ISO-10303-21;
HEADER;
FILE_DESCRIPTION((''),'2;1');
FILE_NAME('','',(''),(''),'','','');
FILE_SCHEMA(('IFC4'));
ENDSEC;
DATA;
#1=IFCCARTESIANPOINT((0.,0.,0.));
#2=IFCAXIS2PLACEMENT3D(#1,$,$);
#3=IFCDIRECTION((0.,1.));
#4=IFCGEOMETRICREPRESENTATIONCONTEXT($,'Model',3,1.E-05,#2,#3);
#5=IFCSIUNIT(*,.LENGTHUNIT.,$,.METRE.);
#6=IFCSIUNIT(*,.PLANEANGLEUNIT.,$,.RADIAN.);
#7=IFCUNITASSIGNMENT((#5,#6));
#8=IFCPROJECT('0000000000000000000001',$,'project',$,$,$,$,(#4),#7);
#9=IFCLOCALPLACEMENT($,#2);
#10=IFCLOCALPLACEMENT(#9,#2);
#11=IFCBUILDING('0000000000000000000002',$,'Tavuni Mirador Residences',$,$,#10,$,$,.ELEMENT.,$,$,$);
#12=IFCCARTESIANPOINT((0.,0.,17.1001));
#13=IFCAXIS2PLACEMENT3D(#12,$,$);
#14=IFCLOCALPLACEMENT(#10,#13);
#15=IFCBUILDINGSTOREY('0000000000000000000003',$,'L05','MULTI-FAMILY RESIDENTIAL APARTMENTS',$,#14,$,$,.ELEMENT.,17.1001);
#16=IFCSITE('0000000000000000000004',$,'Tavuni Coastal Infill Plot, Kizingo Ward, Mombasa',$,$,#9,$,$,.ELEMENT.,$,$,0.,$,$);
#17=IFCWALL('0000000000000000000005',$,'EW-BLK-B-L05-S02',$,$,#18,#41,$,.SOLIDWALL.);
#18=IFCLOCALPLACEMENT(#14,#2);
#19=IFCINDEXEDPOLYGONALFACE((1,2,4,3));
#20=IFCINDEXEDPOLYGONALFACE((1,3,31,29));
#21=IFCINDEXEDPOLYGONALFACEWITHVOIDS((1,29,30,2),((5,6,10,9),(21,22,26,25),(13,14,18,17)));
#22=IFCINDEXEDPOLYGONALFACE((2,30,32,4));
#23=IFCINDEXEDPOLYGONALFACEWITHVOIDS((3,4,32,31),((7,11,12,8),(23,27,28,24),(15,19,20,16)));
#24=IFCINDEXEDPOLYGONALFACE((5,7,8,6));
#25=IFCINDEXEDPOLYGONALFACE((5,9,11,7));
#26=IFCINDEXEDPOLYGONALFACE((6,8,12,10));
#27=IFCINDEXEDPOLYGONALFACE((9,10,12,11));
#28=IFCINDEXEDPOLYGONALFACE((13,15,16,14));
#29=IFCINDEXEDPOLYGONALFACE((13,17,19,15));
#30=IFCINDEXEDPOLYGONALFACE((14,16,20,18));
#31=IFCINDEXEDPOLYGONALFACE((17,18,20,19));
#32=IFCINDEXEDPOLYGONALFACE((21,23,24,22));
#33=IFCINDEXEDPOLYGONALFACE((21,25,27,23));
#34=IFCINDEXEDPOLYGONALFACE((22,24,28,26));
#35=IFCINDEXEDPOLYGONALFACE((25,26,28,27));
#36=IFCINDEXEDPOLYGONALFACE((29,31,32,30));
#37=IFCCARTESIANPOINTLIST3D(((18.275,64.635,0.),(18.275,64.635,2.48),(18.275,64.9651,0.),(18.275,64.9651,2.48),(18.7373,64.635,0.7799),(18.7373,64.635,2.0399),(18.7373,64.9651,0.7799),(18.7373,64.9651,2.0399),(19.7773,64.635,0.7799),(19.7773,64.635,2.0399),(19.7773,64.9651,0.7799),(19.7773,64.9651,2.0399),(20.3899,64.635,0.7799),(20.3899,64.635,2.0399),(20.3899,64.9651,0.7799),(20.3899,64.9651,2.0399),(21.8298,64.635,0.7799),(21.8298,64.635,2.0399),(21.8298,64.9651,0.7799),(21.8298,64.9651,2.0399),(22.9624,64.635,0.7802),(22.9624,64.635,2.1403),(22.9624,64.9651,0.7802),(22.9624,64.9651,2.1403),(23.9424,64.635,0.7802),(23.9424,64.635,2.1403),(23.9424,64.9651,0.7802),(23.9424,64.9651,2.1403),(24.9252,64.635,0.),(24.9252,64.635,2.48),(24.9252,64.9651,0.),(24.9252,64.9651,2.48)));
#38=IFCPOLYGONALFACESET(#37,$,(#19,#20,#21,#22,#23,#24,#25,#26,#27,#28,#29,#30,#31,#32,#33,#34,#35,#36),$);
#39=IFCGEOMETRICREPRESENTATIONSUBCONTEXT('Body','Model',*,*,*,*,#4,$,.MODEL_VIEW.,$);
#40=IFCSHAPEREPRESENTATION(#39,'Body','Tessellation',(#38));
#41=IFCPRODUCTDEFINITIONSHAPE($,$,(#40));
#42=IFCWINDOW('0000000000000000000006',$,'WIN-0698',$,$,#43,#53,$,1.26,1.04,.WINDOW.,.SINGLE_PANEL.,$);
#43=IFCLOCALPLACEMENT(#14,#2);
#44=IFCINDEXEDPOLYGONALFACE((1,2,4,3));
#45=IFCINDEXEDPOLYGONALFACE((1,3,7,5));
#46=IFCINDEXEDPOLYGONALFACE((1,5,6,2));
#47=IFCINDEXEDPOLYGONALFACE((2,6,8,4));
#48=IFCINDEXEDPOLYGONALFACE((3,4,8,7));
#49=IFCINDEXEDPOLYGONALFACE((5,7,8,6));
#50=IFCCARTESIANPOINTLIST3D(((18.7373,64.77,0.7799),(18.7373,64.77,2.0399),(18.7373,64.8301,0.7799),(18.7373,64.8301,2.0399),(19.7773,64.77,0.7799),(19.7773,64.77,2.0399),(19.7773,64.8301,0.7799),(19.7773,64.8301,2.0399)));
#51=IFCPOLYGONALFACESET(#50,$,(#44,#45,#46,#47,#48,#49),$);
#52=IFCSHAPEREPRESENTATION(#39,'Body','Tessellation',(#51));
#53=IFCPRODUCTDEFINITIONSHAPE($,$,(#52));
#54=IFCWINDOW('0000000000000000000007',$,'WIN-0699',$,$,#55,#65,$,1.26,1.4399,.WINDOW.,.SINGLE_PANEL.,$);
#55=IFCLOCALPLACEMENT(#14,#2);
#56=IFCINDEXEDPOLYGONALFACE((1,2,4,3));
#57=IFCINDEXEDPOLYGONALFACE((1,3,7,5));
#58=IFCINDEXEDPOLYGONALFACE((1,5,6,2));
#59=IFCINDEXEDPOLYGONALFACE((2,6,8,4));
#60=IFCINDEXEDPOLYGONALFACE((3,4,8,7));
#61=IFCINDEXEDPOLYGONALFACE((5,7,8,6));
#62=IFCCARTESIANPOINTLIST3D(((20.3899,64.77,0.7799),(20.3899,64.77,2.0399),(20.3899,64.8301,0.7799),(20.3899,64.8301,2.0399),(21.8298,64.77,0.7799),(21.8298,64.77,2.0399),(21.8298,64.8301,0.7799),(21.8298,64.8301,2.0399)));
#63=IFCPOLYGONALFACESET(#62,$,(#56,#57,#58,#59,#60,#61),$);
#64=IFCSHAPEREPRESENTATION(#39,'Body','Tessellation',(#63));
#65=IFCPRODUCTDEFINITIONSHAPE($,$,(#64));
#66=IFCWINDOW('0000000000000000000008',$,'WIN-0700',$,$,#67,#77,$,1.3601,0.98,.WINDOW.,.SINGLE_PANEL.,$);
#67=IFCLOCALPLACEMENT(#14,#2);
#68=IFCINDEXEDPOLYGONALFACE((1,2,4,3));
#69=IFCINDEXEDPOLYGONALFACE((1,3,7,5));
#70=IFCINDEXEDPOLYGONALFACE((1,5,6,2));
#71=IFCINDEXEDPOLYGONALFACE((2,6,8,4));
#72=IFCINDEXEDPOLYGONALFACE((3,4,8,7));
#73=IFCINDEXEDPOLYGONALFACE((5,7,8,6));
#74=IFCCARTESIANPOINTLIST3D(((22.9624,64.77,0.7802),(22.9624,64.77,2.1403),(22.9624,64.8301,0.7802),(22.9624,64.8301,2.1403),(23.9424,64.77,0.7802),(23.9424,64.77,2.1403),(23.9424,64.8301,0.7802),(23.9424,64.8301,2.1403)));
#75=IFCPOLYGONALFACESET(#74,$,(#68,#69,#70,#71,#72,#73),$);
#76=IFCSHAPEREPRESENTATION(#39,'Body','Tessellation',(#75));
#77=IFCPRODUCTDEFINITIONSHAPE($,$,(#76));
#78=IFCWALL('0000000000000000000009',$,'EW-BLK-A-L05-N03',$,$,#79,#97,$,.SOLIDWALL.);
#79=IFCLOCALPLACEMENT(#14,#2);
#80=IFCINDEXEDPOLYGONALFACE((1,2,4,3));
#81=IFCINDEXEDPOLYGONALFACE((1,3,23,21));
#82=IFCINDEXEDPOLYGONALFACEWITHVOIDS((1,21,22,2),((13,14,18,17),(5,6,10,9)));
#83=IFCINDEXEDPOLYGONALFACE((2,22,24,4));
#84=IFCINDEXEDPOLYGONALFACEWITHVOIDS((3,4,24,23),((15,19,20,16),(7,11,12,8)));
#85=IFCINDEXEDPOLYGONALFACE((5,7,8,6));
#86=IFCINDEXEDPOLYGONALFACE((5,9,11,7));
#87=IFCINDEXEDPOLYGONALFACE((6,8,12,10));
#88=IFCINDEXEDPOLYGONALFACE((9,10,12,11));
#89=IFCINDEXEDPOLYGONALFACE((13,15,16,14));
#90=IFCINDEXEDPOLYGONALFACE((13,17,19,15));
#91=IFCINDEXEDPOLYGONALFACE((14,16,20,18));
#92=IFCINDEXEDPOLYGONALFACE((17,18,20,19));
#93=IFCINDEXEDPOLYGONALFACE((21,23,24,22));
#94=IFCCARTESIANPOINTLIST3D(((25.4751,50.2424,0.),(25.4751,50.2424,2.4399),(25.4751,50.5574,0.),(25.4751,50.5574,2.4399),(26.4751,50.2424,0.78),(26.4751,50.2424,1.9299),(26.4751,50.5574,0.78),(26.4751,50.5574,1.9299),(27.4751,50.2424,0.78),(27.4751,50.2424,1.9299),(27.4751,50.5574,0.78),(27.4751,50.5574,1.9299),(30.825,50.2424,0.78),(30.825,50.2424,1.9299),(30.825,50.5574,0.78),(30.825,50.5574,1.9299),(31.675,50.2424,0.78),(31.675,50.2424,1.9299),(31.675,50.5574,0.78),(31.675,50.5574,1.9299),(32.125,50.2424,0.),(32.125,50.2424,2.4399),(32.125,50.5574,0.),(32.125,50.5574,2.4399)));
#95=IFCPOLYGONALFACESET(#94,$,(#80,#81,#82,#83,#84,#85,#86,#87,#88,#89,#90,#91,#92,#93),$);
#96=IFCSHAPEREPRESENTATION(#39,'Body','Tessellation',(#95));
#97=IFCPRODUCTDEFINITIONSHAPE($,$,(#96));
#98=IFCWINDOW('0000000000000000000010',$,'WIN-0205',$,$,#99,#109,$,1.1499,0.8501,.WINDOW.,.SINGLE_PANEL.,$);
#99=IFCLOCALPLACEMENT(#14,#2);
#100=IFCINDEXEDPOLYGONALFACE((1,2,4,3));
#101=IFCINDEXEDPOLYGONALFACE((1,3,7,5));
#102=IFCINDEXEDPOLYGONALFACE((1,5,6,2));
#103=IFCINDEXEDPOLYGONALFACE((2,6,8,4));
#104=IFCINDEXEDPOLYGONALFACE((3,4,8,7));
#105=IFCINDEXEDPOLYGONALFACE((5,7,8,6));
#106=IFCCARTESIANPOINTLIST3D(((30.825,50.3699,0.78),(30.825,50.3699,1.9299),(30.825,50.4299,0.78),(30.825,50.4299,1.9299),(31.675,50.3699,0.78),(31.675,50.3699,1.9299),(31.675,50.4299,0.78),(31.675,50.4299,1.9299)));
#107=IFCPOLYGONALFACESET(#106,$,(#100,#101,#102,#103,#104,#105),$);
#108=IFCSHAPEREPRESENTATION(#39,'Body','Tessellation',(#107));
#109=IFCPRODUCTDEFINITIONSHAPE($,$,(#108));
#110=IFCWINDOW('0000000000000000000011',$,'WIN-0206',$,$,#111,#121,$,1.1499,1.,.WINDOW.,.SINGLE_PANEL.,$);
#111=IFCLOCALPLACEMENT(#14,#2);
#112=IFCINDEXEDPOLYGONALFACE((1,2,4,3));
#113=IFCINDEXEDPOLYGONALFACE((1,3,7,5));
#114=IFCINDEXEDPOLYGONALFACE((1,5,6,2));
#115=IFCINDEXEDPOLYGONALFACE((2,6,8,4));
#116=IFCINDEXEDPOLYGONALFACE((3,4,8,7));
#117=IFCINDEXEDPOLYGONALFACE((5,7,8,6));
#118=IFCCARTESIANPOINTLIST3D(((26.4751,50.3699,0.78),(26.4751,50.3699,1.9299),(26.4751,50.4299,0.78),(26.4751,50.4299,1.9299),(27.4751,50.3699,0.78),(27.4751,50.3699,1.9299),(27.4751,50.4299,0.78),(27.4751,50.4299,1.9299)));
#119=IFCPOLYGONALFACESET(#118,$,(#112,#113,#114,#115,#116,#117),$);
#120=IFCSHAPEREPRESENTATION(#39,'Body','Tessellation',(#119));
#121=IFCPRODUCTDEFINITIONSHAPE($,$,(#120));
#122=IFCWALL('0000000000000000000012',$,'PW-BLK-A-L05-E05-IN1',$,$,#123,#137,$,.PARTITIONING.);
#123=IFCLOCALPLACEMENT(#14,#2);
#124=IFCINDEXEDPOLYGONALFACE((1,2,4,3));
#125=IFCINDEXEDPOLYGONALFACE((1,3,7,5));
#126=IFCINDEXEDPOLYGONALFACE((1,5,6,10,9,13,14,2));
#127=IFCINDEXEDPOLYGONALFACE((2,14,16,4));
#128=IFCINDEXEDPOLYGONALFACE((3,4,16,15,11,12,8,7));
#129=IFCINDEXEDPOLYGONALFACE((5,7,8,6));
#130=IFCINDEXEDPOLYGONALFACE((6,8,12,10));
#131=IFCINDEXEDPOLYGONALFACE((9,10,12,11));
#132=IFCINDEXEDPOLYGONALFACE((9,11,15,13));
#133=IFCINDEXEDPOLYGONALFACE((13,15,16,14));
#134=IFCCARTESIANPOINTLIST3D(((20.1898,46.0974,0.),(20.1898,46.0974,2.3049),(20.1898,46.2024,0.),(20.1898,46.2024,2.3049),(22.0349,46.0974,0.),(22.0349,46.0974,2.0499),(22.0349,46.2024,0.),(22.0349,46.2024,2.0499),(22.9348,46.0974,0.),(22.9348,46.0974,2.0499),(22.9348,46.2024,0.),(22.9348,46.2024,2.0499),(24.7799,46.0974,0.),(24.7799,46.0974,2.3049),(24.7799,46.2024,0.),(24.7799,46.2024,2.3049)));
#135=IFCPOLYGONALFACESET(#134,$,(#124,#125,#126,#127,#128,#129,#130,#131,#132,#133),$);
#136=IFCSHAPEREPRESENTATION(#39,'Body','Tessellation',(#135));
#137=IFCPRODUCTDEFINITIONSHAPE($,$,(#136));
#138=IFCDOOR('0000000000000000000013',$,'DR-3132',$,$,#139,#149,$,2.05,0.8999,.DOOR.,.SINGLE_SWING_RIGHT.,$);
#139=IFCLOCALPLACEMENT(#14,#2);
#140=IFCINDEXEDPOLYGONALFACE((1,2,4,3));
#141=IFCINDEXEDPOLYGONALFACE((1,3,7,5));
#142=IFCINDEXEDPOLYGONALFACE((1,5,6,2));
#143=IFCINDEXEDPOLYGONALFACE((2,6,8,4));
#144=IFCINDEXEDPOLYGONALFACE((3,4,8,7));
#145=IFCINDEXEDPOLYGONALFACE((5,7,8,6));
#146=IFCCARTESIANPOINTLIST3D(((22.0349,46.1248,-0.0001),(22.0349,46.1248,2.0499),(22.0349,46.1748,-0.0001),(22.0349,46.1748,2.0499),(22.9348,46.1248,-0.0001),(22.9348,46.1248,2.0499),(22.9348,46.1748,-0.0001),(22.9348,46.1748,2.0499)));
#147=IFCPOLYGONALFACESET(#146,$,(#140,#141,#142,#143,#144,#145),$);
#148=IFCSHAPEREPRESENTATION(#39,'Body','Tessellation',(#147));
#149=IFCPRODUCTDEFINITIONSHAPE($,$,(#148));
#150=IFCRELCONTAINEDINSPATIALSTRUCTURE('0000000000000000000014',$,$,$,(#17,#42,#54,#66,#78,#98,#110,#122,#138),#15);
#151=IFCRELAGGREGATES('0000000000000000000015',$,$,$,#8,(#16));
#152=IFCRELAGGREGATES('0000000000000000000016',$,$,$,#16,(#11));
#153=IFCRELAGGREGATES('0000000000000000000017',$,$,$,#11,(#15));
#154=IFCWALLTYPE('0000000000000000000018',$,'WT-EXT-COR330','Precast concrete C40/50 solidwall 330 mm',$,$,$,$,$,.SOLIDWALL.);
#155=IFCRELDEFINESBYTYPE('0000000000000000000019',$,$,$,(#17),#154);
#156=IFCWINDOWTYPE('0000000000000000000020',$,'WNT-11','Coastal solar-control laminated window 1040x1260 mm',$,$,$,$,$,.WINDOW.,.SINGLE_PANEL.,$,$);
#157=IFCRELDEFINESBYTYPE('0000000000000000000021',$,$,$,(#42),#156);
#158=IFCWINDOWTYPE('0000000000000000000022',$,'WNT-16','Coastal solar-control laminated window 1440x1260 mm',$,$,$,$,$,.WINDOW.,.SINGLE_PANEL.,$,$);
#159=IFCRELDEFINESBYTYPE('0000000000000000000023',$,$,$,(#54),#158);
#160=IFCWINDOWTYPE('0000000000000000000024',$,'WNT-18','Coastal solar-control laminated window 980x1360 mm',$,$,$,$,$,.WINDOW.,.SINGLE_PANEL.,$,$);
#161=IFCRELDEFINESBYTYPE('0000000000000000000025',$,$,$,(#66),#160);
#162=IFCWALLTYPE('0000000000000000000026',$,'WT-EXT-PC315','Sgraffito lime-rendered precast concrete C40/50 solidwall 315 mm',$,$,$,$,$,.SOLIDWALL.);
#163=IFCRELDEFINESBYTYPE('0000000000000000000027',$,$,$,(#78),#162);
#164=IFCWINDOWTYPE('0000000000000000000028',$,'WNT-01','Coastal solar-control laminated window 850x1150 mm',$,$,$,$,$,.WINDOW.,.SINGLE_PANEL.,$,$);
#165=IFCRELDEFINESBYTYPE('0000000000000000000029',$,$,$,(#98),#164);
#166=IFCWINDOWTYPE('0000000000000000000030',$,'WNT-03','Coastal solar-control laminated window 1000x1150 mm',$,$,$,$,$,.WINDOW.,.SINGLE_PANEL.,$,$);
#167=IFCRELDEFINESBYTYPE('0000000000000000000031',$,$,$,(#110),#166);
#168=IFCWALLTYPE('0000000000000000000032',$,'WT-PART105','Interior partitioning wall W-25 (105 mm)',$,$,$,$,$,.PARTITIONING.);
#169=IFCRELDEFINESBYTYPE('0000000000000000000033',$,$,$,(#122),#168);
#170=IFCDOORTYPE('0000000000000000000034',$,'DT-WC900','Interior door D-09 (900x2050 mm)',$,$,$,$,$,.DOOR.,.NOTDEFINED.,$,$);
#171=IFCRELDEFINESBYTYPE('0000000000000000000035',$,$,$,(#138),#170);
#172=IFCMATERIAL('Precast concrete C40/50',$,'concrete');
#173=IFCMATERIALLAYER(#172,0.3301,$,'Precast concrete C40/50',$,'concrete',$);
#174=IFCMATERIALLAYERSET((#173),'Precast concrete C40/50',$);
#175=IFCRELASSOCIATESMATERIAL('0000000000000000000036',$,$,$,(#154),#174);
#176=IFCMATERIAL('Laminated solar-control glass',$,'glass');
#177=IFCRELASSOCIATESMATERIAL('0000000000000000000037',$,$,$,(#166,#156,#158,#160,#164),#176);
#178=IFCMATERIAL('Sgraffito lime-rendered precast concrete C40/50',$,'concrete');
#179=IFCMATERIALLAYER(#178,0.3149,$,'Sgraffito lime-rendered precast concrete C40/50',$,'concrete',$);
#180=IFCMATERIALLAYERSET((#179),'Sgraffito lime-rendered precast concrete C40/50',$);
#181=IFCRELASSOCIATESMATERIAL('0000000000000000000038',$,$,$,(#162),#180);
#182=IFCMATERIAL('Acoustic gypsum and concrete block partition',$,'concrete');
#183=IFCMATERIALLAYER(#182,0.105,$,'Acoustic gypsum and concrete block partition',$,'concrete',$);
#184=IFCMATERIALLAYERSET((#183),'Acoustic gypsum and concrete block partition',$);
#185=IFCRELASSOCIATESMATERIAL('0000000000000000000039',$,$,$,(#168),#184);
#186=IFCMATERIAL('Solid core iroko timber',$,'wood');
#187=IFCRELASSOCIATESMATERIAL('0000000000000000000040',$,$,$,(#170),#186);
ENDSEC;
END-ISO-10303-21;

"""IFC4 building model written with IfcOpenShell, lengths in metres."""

from ifc_helpers import new_model, si_unit, direction, frame, frame_2d, origin, place, context, subcontext, project, spatial, rectangle, extrude, material, layer, layer_set, type_object, element, fill, save


model = new_model("IFC4")

# Units and contexts
model_context = context("Model", 3, precision=1e-05, world=origin(), true_north=direction((0.0, 1.0)))
body_context = subcontext(model_context, "Body", "Model", "MODEL_VIEW")
ifc_project = project(units=[si_unit("LENGTHUNIT", "METRE"), si_unit("PLANEANGLEUNIT", "RADIAN")], contexts=[model_context])

# Site, building, storey
site_placement = place(None, origin())
site = spatial("IfcSite", under=ifc_project, at=site_placement, Name="Tavuni Coastal Infill Plot, Kizingo Ward, Mombasa", CompositionType="ELEMENT", RefElevation=0.0)
building_placement = place(site_placement, origin())
building = spatial("IfcBuilding", under=site, at=building_placement, Name="Tavuni Mirador Residences", CompositionType="ELEMENT")
storey_placement = place(building_placement, frame((0.0, 0.0, 17.1001)))
storey = spatial("IfcBuildingStorey", under=building, at=storey_placement, Name="L05", Description="MULTI-FAMILY RESIDENTIAL APARTMENTS", CompositionType="ELEMENT", Elevation=17.1001)

# Shared definitions
ifc_material_1 = material(Name="Precast concrete C40/50", Category="concrete")

# Shared definitions
ifc_material_2 = material(Name="Solid core iroko timber", Category="wood")

# Walls, openings, windows
ifc_layer_1 = layer(ifc_material_1, 0.3301, Name="Precast concrete C40/50", Category="concrete")
ifc_layer_set_1 = layer_set([ifc_layer_1], Name="Precast concrete C40/50")
wall_type_1 = type_object("IfcWallType", Name="WT-EXT-COR330", Description="Precast concrete C40/50 solidwall 330 mm", PredefinedType="SOLIDWALL", material=ifc_layer_set_1)
ifc_material_3 = material(Name="Laminated solar-control glass", Category="glass")
window_type_1 = type_object("IfcWindowType", Name="WNT-03", Description="Coastal solar-control laminated window 1000x1150 mm", PartitioningType="SINGLE_PANEL", PredefinedType="WINDOW", material=ifc_material_3)
window_type_2 = type_object("IfcWindowType", Name="WNT-11", Description="Coastal solar-control laminated window 1040x1260 mm", PartitioningType="SINGLE_PANEL", PredefinedType="WINDOW", material=ifc_material_3)
wall_1_placement = place(storey_placement, frame((18.2749, 64.8, 0.0), z_axis=(0.0, 0.0, 1.0), x_axis=(1.0, 0.0, 0.0)))
wall_1 = element("IfcWall", 1, at=wall_1_placement, inside=storey, type_object=wall_type_1, Name="EW-BLK-B-L05-S02", PredefinedType="SOLIDWALL", context=body_context, shape_type="SweptSolid", body=[
    extrude(rectangle(XDim=6.6501, YDim=0.3301, at=frame_2d((3.3252, 0.0))), origin(), (0.0, 0.0, 1.0), 2.48),
])
opening_1_placement = place(wall_1_placement, frame((0.4624, 0.0, 0.78)))
opening_1 = element("IfcOpeningElement", 2, at=opening_1_placement, cuts=wall_1, PredefinedType="OPENING", context=body_context, shape_type="SweptSolid", body=[
    extrude(rectangle(XDim=1.04, YDim=1.26, at=frame_2d((0.52, 0.6299))), frame((0.0, 0.175, 0.0), z_axis=(0.0, -1.0, 0.0), x_axis=(1.0, 0.0, 0.0)), (0.0, 0.0, 1.0), 0.3501),
])
opening_2_placement = place(wall_1_placement, frame((2.115, 0.0, 0.78)))
opening_2 = element("IfcOpeningElement", 3, at=opening_2_placement, cuts=wall_1, PredefinedType="OPENING", context=body_context, shape_type="SweptSolid", body=[
    extrude(rectangle(XDim=1.4399, YDim=1.26, at=frame_2d((0.72, 0.6299))), frame((0.0, 0.175, 0.0), z_axis=(0.0, -1.0, 0.0), x_axis=(1.0, 0.0, 0.0)), (0.0, 0.0, 1.0), 0.3501),
])
opening_3_placement = place(wall_1_placement, frame((4.6875, 0.0, 0.78)))
opening_3 = element("IfcOpeningElement", 4, at=opening_3_placement, cuts=wall_1, PredefinedType="OPENING", context=body_context, shape_type="SweptSolid", body=[
    extrude(rectangle(XDim=0.98, YDim=1.3601, at=frame_2d((0.49, 0.6802))), frame((0.0, 0.175, 0.0), z_axis=(0.0, -1.0, 0.0), x_axis=(1.0, 0.0, 0.0)), (0.0, 0.0, 1.0), 0.3501),
])
window_1_placement = place(opening_1_placement, origin())
window_1 = element("IfcWindow", 5, at=window_1_placement, inside=storey, type_object=window_type_2, Name="WIN-0698", OverallHeight=1.26, OverallWidth=1.04, PartitioningType="SINGLE_PANEL", PredefinedType="WINDOW", context=body_context, shape_type="SweptSolid", body=[
    extrude(rectangle(XDim=1.04, YDim=1.26, at=frame_2d((0.52, 0.6299))), frame((0.0, 0.03, 0.0), z_axis=(0.0, -1.0, 0.0), x_axis=(1.0, 0.0, 0.0)), (0.0, 0.0, 1.0), 0.0601),
])
fill(opening_1, window_1)
window_type_3 = type_object("IfcWindowType", Name="WNT-16", Description="Coastal solar-control laminated window 1440x1260 mm", PartitioningType="SINGLE_PANEL", PredefinedType="WINDOW", material=ifc_material_3)
window_2_placement = place(opening_2_placement, origin())
window_2 = element("IfcWindow", 6, at=window_2_placement, inside=storey, type_object=window_type_3, Name="WIN-0699", OverallHeight=1.26, OverallWidth=1.4399, PartitioningType="SINGLE_PANEL", PredefinedType="WINDOW", context=body_context, shape_type="SweptSolid", body=[
    extrude(rectangle(XDim=1.4399, YDim=1.26, at=frame_2d((0.72, 0.6299))), frame((0.0, 0.03, 0.0), z_axis=(0.0, -1.0, 0.0), x_axis=(1.0, 0.0, 0.0)), (0.0, 0.0, 1.0), 0.0601),
])
fill(opening_2, window_2)
window_type_4 = type_object("IfcWindowType", Name="WNT-18", Description="Coastal solar-control laminated window 980x1360 mm", PartitioningType="SINGLE_PANEL", PredefinedType="WINDOW", material=ifc_material_3)
window_3_placement = place(opening_3_placement, origin())
window_3 = element("IfcWindow", 7, at=window_3_placement, inside=storey, type_object=window_type_4, Name="WIN-0700", OverallHeight=1.3601, OverallWidth=0.98, PartitioningType="SINGLE_PANEL", PredefinedType="WINDOW", context=body_context, shape_type="SweptSolid", body=[
    extrude(rectangle(XDim=0.98, YDim=1.3601, at=frame_2d((0.49, 0.6802))), frame((0.0, 0.03, 0.0), z_axis=(0.0, -1.0, 0.0), x_axis=(1.0, 0.0, 0.0)), (0.0, 0.0, 1.0), 0.0601),
])
fill(opening_3, window_3)
ifc_material_4 = material(Name="Sgraffito lime-rendered precast concrete C40/50", Category="concrete")
ifc_layer_2 = layer(ifc_material_4, 0.3149, Name="Sgraffito lime-rendered precast concrete C40/50", Category="concrete")
ifc_layer_set_2 = layer_set([ifc_layer_2], Name="Sgraffito lime-rendered precast concrete C40/50")
wall_type_2 = type_object("IfcWallType", Name="WT-EXT-PC315", Description="Sgraffito lime-rendered precast concrete C40/50 solidwall 315 mm", PredefinedType="SOLIDWALL", material=ifc_layer_set_2)
wall_2_placement = place(storey_placement, frame((32.125, 50.3999, 0.0), z_axis=(0.0, 0.0, 1.0), x_axis=(-1.0, 0.0, 0.0)))
wall_2 = element("IfcWall", 8, at=wall_2_placement, inside=storey, type_object=wall_type_2, Name="EW-BLK-A-L05-N03", PredefinedType="SOLIDWALL", context=body_context, shape_type="SweptSolid", body=[
    extrude(rectangle(XDim=6.6499, YDim=0.3149, at=frame_2d((3.325, 0.0))), origin(), (0.0, 0.0, 1.0), 2.4399),
])
opening_4_placement = place(wall_2_placement, frame((0.45, 0.0, 0.78)))
opening_4 = element("IfcOpeningElement", 9, at=opening_4_placement, cuts=wall_2, PredefinedType="OPENING", context=body_context, shape_type="SweptSolid", body=[
    extrude(rectangle(XDim=0.8501, YDim=1.1499, at=frame_2d((0.425, 0.575))), frame((0.0, 0.1675, 0.0), z_axis=(0.0, -1.0, 0.0), x_axis=(1.0, 0.0, 0.0)), (0.0, 0.0, 1.0), 0.335),
])
opening_5_placement = place(wall_2_placement, frame((4.6499, 0.0, 0.78)))
opening_5 = element("IfcOpeningElement", 10, at=opening_5_placement, cuts=wall_2, PredefinedType="OPENING", context=body_context, shape_type="SweptSolid", body=[
    extrude(rectangle(XDim=1.0, YDim=1.1499, at=frame_2d((0.5, 0.575))), frame((0.0, 0.1675, 0.0), z_axis=(0.0, -1.0, 0.0), x_axis=(1.0, 0.0, 0.0)), (0.0, 0.0, 1.0), 0.335),
])
window_type_5 = type_object("IfcWindowType", Name="WNT-01", Description="Coastal solar-control laminated window 850x1150 mm", PartitioningType="SINGLE_PANEL", PredefinedType="WINDOW", material=ifc_material_3)
window_4_placement = place(opening_4_placement, origin())
window_4 = element("IfcWindow", 11, at=window_4_placement, inside=storey, type_object=window_type_5, Name="WIN-0205", OverallHeight=1.1499, OverallWidth=0.8501, PartitioningType="SINGLE_PANEL", PredefinedType="WINDOW", context=body_context, shape_type="SweptSolid", body=[
    extrude(rectangle(XDim=0.8501, YDim=1.1499, at=frame_2d((0.425, 0.575))), frame((0.0, 0.03, 0.0), z_axis=(0.0, -1.0, 0.0), x_axis=(1.0, 0.0, 0.0)), (0.0, 0.0, 1.0), 0.0601),
])
fill(opening_4, window_4)
window_5_placement = place(opening_5_placement, origin())
window_5 = element("IfcWindow", 12, at=window_5_placement, inside=storey, type_object=window_type_1, Name="WIN-0206", OverallHeight=1.1499, OverallWidth=1.0, PartitioningType="SINGLE_PANEL", PredefinedType="WINDOW", context=body_context, shape_type="SweptSolid", body=[
    extrude(rectangle(XDim=1.0, YDim=1.1499, at=frame_2d((0.5, 0.575))), frame((0.0, 0.03, 0.0), z_axis=(0.0, -1.0, 0.0), x_axis=(1.0, 0.0, 0.0)), (0.0, 0.0, 1.0), 0.0601),
])
fill(opening_5, window_5)

# Wall, opening, door
ifc_material_5 = material(Name="Acoustic gypsum and concrete block partition", Category="concrete")
ifc_layer_3 = layer(ifc_material_5, 0.105, Name="Acoustic gypsum and concrete block partition", Category="concrete")
ifc_layer_set_3 = layer_set([ifc_layer_3], Name="Acoustic gypsum and concrete block partition")
wall_type_3 = type_object("IfcWallType", Name="WT-PART105", Description="Interior partitioning wall W-25 (105 mm)", PredefinedType="PARTITIONING", material=ifc_layer_set_3)
wall_3_placement = place(storey_placement, frame((20.1899, 46.1499, 0.0), z_axis=(0.0, 0.0, 1.0), x_axis=(1.0, 0.0, 0.0)))
wall_3 = element("IfcWall", 13, at=wall_3_placement, inside=storey, type_object=wall_type_3, Name="PW-BLK-A-L05-E05-IN1", PredefinedType="PARTITIONING", context=body_context, shape_type="SweptSolid", body=[
    extrude(rectangle(XDim=4.5901, YDim=0.105, at=frame_2d((2.2949, 0.0))), origin(), (0.0, 0.0, 1.0), 2.3049),
])
opening_6_placement = place(wall_3_placement, frame((1.845, 0.0, 0.0)))
opening_6 = element("IfcOpeningElement", 14, at=opening_6_placement, cuts=wall_3, PredefinedType="OPENING", context=body_context, shape_type="SweptSolid", body=[
    extrude(rectangle(XDim=0.8999, YDim=2.05, at=frame_2d((0.45, 1.0249))), frame((0.0, 0.0625, 0.0), z_axis=(0.0, -1.0, 0.0), x_axis=(1.0, 0.0, 0.0)), (0.0, 0.0, 1.0), 0.125),
])
door_type_1 = type_object("IfcDoorType", Name="DT-WC900", Description="Interior door D-09 (900x2050 mm)", OperationType="NOTDEFINED", PredefinedType="DOOR", material=ifc_material_2)
door_1_placement = place(opening_6_placement, origin())
door_1 = element("IfcDoor", 15, at=door_1_placement, inside=storey, type_object=door_type_1, Name="DR-3132", OperationType="SINGLE_SWING_RIGHT", OverallHeight=2.05, OverallWidth=0.8999, PredefinedType="DOOR", context=body_context, shape_type="SweptSolid", body=[
    extrude(rectangle(XDim=0.8999, YDim=2.05, at=frame_2d((0.45, 1.0249))), frame((0.0, 0.0249, 0.0), z_axis=(0.0, -1.0, 0.0), x_axis=(1.0, 0.0, 0.0)), (0.0, 0.0, 1.0), 0.05),
])
fill(opening_6, door_1)

save(model, "model.ifc")
